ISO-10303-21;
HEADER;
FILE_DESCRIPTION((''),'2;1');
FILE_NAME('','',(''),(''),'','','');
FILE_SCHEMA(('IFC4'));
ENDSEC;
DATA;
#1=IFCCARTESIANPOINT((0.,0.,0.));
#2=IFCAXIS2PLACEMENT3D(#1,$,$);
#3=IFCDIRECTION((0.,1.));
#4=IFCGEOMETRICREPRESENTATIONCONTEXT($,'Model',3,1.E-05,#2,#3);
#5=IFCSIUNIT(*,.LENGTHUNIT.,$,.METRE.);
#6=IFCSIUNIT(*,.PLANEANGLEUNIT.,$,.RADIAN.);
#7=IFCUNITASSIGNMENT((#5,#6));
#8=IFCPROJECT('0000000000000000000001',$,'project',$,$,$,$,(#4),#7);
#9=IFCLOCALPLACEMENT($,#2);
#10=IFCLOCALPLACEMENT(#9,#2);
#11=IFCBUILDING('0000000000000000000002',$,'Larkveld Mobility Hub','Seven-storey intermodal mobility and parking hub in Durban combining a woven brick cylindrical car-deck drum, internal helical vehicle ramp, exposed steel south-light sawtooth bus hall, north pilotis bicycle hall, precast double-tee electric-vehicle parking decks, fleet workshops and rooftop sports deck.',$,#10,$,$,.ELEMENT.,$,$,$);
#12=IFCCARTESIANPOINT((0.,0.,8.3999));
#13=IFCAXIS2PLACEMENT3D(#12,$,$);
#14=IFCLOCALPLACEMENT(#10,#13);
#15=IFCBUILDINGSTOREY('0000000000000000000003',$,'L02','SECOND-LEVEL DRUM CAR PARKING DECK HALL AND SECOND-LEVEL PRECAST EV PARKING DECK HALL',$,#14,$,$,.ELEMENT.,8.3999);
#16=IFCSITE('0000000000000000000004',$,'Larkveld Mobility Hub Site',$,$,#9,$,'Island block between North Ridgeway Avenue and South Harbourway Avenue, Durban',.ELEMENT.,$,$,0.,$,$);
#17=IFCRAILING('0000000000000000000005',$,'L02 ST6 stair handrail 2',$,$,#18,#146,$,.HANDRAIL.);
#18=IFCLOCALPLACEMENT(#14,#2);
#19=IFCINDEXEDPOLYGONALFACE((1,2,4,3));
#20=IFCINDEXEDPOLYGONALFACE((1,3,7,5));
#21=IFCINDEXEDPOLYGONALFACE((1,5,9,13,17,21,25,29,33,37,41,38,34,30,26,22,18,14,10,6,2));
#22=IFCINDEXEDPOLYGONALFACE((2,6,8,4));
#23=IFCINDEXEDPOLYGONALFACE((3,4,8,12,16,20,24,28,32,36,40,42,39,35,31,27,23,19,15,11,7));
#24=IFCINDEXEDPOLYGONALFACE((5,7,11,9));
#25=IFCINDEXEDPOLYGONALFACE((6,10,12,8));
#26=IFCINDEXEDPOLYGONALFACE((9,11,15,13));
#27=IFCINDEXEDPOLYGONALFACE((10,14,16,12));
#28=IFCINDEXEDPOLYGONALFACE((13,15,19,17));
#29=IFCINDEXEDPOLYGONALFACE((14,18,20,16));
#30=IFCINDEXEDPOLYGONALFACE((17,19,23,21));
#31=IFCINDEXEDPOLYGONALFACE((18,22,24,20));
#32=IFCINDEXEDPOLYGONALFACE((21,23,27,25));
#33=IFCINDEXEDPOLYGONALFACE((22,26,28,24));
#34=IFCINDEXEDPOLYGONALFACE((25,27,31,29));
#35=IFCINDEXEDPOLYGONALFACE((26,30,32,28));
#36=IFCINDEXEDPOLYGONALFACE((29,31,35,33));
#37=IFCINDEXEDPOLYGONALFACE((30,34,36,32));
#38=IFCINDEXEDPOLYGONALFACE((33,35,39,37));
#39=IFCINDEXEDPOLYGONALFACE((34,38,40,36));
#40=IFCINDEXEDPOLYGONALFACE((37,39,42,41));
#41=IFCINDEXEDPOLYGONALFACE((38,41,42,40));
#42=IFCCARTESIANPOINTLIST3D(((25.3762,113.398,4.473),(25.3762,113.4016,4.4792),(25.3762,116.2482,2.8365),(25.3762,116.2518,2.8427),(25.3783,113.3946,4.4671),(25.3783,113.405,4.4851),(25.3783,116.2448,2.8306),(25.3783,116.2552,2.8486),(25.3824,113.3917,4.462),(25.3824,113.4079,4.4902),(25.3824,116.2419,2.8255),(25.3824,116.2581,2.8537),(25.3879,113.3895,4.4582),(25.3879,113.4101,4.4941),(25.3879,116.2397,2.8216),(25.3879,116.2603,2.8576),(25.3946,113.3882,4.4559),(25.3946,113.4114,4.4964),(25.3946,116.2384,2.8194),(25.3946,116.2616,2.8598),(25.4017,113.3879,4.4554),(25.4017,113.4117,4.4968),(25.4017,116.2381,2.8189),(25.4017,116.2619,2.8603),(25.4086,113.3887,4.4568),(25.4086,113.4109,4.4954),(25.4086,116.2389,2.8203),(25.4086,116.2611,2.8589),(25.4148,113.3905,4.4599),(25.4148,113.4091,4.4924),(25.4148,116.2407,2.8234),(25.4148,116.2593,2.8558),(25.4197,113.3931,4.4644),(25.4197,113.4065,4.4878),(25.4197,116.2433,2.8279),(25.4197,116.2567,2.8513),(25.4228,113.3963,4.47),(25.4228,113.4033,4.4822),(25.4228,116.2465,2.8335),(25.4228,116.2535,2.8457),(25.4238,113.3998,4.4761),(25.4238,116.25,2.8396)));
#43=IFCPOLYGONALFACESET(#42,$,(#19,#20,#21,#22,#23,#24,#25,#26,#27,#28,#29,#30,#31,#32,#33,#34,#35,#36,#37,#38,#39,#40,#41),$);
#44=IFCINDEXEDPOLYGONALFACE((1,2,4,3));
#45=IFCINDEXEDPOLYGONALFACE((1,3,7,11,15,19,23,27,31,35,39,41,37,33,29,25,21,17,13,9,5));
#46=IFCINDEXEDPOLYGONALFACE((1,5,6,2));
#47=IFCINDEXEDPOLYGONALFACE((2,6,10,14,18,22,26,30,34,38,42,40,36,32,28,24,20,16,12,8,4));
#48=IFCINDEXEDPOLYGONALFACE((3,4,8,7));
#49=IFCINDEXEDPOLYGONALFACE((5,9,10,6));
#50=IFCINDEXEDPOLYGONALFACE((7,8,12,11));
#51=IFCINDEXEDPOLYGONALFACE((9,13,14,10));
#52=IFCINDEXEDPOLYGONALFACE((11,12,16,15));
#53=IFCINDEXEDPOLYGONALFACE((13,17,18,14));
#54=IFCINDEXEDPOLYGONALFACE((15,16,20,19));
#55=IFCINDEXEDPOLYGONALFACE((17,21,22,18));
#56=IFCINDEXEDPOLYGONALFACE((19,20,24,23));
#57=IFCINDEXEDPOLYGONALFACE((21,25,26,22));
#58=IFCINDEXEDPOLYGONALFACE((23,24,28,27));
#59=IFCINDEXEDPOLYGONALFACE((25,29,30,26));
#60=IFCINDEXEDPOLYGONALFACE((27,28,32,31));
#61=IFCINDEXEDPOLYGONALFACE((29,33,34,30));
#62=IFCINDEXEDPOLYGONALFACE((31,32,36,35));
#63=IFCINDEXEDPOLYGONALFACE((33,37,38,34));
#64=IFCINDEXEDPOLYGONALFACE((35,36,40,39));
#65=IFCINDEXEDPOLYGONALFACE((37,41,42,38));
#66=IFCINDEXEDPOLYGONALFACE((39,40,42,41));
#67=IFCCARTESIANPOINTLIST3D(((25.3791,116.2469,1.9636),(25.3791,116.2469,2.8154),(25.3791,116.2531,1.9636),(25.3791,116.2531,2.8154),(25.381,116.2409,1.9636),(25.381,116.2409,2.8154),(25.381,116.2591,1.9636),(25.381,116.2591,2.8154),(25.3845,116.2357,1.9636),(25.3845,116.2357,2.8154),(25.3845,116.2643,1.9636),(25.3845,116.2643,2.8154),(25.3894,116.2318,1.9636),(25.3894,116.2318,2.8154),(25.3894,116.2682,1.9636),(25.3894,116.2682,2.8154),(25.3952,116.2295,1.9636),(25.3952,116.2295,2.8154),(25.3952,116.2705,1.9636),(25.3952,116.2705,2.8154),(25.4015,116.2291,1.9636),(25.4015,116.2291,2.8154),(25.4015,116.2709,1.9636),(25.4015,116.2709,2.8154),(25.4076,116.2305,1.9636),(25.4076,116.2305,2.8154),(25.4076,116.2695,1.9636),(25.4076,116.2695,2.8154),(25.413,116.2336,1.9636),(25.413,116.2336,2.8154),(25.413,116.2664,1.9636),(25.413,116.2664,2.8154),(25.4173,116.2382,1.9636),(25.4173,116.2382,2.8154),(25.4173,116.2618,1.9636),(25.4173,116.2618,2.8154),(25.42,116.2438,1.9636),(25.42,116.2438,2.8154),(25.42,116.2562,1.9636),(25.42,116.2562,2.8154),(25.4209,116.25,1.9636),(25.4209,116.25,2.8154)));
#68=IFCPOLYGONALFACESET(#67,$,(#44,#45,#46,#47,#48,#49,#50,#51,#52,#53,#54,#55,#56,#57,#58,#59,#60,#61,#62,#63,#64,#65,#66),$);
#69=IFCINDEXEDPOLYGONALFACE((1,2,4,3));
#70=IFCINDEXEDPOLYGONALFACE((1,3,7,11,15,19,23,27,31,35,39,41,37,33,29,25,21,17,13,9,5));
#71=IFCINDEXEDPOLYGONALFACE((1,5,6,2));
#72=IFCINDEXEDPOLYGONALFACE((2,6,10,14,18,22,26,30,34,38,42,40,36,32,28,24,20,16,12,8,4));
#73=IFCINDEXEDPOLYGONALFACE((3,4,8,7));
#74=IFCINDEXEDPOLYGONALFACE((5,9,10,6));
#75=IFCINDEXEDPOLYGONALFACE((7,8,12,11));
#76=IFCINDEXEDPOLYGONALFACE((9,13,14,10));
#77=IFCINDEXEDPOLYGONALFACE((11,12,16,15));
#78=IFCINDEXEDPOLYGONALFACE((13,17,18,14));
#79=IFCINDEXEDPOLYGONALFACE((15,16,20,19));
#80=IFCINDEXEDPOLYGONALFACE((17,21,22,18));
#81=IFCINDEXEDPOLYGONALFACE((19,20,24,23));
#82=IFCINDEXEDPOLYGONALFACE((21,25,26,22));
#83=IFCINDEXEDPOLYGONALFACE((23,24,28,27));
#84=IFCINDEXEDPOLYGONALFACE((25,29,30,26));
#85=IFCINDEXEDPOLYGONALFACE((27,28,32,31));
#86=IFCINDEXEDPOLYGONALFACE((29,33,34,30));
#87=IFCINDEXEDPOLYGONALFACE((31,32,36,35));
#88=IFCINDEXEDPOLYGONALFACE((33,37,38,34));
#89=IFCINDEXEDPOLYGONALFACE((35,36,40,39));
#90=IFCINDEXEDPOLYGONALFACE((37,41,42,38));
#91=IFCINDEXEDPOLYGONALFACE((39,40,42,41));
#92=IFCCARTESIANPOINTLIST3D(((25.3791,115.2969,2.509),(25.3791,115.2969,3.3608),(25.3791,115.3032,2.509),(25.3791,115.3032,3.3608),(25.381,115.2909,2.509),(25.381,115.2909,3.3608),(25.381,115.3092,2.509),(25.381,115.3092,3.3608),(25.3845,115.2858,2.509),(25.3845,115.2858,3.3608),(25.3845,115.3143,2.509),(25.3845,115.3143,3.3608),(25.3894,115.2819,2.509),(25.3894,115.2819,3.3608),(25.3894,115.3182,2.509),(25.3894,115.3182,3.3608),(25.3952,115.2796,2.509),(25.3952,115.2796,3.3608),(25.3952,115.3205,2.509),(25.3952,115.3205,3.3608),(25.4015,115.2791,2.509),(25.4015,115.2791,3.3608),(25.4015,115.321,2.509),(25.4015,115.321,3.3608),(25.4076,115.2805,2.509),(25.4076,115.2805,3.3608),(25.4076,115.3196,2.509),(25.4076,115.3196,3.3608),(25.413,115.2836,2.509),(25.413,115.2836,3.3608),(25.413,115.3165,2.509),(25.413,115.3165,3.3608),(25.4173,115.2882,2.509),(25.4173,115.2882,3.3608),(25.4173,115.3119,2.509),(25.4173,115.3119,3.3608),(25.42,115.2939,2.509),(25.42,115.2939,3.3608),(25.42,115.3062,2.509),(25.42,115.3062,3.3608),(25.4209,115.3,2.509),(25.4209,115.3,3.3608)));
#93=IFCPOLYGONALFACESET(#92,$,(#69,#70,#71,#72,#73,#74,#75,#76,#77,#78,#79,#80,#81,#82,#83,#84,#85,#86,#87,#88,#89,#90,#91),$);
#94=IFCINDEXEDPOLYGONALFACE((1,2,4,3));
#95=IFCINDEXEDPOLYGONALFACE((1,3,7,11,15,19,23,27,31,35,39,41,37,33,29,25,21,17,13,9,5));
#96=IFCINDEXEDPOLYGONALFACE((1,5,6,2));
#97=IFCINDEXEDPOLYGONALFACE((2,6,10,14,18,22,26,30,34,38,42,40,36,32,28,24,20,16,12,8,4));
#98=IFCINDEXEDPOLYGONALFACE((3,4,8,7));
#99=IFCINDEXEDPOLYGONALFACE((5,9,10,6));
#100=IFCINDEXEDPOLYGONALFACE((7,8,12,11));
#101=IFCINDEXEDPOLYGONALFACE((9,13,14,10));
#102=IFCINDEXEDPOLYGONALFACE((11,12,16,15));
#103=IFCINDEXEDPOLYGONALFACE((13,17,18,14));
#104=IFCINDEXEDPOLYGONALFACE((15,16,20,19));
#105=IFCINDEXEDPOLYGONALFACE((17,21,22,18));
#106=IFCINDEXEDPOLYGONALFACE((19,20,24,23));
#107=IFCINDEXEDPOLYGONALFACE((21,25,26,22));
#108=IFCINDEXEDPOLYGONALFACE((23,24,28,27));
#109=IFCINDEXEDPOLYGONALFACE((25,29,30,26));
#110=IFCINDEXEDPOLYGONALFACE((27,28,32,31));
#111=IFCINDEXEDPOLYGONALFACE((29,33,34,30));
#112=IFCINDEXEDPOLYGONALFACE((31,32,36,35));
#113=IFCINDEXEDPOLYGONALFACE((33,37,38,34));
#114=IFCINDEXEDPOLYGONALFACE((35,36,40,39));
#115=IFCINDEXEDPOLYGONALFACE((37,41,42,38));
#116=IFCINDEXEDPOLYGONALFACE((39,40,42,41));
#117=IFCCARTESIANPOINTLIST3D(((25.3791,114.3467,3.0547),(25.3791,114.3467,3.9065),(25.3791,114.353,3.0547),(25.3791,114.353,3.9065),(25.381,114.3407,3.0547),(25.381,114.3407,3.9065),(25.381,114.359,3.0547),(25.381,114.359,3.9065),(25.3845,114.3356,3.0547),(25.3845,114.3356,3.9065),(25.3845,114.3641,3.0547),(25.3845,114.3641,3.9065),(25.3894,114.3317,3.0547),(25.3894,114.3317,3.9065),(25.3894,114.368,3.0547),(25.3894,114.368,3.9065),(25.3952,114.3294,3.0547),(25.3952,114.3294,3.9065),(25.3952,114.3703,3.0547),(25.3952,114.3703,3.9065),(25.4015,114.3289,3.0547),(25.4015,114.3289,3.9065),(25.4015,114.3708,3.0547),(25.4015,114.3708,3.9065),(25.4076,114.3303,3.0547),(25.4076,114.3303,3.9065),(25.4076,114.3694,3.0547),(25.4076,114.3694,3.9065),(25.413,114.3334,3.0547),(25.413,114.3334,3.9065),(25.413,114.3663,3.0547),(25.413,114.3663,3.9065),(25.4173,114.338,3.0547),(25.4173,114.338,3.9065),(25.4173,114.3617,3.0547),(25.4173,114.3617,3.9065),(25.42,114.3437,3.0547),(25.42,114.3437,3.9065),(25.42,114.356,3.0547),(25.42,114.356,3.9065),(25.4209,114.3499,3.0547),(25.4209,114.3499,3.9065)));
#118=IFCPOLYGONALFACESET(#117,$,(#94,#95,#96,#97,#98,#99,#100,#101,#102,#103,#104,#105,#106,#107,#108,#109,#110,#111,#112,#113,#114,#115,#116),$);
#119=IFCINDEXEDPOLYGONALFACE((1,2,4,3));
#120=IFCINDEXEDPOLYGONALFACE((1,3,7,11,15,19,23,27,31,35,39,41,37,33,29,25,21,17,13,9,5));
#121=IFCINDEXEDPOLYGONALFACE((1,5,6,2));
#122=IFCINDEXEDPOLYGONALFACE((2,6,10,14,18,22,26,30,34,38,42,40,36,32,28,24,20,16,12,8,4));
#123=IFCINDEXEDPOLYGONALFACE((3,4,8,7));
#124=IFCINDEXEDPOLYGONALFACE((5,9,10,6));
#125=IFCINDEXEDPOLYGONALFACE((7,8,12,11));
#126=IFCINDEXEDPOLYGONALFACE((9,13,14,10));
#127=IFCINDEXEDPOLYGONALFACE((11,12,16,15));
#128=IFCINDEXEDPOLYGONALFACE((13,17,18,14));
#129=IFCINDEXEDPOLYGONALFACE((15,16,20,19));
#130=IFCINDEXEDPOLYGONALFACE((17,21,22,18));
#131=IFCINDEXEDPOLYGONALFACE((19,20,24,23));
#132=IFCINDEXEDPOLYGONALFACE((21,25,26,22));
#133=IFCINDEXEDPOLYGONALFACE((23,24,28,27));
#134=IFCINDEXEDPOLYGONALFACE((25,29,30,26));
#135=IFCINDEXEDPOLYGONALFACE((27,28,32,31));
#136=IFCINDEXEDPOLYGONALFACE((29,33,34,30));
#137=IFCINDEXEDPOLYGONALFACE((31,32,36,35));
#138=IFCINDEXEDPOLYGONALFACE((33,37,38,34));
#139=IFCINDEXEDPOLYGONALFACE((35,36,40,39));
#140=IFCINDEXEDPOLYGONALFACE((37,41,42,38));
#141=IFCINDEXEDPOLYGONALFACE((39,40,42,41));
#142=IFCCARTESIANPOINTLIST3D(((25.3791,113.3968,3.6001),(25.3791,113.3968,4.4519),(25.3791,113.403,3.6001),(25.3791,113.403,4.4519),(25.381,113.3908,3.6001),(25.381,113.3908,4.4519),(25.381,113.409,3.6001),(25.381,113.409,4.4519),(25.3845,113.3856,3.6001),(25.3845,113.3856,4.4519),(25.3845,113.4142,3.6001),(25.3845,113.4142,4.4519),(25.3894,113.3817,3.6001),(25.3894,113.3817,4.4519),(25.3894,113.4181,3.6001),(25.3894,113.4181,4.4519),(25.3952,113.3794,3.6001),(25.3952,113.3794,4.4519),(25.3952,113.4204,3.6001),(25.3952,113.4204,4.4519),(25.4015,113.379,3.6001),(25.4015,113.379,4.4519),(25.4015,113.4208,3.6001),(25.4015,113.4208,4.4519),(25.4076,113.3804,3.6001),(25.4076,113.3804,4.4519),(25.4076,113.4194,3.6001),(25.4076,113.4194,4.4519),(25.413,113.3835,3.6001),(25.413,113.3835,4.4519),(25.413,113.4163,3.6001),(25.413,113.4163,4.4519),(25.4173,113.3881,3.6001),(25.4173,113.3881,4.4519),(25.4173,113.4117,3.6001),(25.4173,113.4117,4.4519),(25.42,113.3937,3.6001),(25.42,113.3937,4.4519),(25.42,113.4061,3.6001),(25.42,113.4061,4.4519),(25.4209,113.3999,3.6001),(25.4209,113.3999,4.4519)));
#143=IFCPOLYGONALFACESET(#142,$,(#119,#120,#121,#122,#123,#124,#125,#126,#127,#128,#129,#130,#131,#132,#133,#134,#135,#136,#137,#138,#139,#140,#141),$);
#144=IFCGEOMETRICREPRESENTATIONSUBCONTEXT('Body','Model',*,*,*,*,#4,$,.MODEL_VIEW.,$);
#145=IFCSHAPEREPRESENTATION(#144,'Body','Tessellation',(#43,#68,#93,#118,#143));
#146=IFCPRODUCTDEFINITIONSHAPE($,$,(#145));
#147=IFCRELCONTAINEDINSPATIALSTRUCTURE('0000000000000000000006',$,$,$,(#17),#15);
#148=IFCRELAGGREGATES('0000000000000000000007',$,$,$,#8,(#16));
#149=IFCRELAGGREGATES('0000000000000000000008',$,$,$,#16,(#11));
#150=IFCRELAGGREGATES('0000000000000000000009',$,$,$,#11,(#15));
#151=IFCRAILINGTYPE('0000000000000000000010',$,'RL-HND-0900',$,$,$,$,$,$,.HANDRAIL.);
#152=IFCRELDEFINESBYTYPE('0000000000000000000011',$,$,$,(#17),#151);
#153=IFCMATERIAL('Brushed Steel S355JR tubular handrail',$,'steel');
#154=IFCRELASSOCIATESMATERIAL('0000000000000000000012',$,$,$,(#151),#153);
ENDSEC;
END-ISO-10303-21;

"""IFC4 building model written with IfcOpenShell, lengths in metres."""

from ifc_helpers import new_model, si_unit, direction, frame, origin, origin_2d, place, context, subcontext, project, spatial, circle, extrude, material, type_object, element, save


model = new_model("IFC4")

# Units and contexts
model_context = context("Model", 3, precision=1e-05, world=origin(), true_north=direction((0.0, 1.0)))
body_context = subcontext(model_context, "Body", "Model", "MODEL_VIEW")
ifc_project = project(units=[si_unit("LENGTHUNIT", "METRE"), si_unit("PLANEANGLEUNIT", "RADIAN")], contexts=[model_context])

# Site, building, storey
site_placement = place(None, origin())
site = spatial("IfcSite", under=ifc_project, at=site_placement, Name="Larkveld Mobility Hub Site", LongName="Island block between North Ridgeway Avenue and South Harbourway Avenue, Durban", CompositionType="ELEMENT", RefElevation=0.0)
building_placement = place(site_placement, origin())
building = spatial("IfcBuilding", under=site, at=building_placement, Name="Larkveld Mobility Hub", Description="Seven-storey intermodal mobility and parking hub in Durban combining a woven brick cylindrical car-deck drum, internal helical vehicle ramp, exposed steel south-light sawtooth bus hall, north pilotis bicycle hall, precast double-tee electric-vehicle parking decks, fleet workshops and rooftop sports deck.", CompositionType="ELEMENT")
storey_placement = place(building_placement, frame((0.0, 0.0, 8.3999)))
storey = spatial("IfcBuildingStorey", under=building, at=storey_placement, Name="L02", Description="SECOND-LEVEL DRUM CAR PARKING DECK HALL AND SECOND-LEVEL PRECAST EV PARKING DECK HALL", CompositionType="ELEMENT", Elevation=8.3999)

# Railing
ifc_material_1 = material(Name="Brushed Steel S355JR tubular handrail", Category="steel")
railing_type_1 = type_object("IfcRailingType", Name="RL-HND-0900", PredefinedType="HANDRAIL", material=ifc_material_1)
railing_1_placement = place(storey_placement, frame((25.3999, 116.25, 1.9636)))
element("IfcRailing", 1, at=railing_1_placement, inside=storey, type_object=railing_type_1, Name="L02 ST6 stair handrail 2", PredefinedType="HANDRAIL", context=body_context, shape_type="SweptSolid", body=[
    extrude(circle(Radius=0.0239, at=origin_2d()), frame((0.0, 0.0, 0.876), z_axis=(0.0, -0.867213, 0.497938), x_axis=(1.0, 0.0, 0.0)), (0.0, 0.0, 1.0), 3.2866),
    extrude(circle(Radius=0.021, at=origin_2d()), origin(), (0.0, 0.0, 1.0), 0.8518),
    extrude(circle(Radius=0.021, at=origin_2d()), frame((0.0, -0.95, 0.5454)), (0.0, 0.0, 1.0), 0.8518),
    extrude(circle(Radius=0.021, at=origin_2d()), frame((0.0, -1.9001, 1.0911)), (0.0, 0.0, 1.0), 0.8518),
    extrude(circle(Radius=0.021, at=origin_2d()), frame((0.0, -2.8501, 1.6365)), (0.0, 0.0, 1.0), 0.8518),
])

save(model, "model.ifc")
